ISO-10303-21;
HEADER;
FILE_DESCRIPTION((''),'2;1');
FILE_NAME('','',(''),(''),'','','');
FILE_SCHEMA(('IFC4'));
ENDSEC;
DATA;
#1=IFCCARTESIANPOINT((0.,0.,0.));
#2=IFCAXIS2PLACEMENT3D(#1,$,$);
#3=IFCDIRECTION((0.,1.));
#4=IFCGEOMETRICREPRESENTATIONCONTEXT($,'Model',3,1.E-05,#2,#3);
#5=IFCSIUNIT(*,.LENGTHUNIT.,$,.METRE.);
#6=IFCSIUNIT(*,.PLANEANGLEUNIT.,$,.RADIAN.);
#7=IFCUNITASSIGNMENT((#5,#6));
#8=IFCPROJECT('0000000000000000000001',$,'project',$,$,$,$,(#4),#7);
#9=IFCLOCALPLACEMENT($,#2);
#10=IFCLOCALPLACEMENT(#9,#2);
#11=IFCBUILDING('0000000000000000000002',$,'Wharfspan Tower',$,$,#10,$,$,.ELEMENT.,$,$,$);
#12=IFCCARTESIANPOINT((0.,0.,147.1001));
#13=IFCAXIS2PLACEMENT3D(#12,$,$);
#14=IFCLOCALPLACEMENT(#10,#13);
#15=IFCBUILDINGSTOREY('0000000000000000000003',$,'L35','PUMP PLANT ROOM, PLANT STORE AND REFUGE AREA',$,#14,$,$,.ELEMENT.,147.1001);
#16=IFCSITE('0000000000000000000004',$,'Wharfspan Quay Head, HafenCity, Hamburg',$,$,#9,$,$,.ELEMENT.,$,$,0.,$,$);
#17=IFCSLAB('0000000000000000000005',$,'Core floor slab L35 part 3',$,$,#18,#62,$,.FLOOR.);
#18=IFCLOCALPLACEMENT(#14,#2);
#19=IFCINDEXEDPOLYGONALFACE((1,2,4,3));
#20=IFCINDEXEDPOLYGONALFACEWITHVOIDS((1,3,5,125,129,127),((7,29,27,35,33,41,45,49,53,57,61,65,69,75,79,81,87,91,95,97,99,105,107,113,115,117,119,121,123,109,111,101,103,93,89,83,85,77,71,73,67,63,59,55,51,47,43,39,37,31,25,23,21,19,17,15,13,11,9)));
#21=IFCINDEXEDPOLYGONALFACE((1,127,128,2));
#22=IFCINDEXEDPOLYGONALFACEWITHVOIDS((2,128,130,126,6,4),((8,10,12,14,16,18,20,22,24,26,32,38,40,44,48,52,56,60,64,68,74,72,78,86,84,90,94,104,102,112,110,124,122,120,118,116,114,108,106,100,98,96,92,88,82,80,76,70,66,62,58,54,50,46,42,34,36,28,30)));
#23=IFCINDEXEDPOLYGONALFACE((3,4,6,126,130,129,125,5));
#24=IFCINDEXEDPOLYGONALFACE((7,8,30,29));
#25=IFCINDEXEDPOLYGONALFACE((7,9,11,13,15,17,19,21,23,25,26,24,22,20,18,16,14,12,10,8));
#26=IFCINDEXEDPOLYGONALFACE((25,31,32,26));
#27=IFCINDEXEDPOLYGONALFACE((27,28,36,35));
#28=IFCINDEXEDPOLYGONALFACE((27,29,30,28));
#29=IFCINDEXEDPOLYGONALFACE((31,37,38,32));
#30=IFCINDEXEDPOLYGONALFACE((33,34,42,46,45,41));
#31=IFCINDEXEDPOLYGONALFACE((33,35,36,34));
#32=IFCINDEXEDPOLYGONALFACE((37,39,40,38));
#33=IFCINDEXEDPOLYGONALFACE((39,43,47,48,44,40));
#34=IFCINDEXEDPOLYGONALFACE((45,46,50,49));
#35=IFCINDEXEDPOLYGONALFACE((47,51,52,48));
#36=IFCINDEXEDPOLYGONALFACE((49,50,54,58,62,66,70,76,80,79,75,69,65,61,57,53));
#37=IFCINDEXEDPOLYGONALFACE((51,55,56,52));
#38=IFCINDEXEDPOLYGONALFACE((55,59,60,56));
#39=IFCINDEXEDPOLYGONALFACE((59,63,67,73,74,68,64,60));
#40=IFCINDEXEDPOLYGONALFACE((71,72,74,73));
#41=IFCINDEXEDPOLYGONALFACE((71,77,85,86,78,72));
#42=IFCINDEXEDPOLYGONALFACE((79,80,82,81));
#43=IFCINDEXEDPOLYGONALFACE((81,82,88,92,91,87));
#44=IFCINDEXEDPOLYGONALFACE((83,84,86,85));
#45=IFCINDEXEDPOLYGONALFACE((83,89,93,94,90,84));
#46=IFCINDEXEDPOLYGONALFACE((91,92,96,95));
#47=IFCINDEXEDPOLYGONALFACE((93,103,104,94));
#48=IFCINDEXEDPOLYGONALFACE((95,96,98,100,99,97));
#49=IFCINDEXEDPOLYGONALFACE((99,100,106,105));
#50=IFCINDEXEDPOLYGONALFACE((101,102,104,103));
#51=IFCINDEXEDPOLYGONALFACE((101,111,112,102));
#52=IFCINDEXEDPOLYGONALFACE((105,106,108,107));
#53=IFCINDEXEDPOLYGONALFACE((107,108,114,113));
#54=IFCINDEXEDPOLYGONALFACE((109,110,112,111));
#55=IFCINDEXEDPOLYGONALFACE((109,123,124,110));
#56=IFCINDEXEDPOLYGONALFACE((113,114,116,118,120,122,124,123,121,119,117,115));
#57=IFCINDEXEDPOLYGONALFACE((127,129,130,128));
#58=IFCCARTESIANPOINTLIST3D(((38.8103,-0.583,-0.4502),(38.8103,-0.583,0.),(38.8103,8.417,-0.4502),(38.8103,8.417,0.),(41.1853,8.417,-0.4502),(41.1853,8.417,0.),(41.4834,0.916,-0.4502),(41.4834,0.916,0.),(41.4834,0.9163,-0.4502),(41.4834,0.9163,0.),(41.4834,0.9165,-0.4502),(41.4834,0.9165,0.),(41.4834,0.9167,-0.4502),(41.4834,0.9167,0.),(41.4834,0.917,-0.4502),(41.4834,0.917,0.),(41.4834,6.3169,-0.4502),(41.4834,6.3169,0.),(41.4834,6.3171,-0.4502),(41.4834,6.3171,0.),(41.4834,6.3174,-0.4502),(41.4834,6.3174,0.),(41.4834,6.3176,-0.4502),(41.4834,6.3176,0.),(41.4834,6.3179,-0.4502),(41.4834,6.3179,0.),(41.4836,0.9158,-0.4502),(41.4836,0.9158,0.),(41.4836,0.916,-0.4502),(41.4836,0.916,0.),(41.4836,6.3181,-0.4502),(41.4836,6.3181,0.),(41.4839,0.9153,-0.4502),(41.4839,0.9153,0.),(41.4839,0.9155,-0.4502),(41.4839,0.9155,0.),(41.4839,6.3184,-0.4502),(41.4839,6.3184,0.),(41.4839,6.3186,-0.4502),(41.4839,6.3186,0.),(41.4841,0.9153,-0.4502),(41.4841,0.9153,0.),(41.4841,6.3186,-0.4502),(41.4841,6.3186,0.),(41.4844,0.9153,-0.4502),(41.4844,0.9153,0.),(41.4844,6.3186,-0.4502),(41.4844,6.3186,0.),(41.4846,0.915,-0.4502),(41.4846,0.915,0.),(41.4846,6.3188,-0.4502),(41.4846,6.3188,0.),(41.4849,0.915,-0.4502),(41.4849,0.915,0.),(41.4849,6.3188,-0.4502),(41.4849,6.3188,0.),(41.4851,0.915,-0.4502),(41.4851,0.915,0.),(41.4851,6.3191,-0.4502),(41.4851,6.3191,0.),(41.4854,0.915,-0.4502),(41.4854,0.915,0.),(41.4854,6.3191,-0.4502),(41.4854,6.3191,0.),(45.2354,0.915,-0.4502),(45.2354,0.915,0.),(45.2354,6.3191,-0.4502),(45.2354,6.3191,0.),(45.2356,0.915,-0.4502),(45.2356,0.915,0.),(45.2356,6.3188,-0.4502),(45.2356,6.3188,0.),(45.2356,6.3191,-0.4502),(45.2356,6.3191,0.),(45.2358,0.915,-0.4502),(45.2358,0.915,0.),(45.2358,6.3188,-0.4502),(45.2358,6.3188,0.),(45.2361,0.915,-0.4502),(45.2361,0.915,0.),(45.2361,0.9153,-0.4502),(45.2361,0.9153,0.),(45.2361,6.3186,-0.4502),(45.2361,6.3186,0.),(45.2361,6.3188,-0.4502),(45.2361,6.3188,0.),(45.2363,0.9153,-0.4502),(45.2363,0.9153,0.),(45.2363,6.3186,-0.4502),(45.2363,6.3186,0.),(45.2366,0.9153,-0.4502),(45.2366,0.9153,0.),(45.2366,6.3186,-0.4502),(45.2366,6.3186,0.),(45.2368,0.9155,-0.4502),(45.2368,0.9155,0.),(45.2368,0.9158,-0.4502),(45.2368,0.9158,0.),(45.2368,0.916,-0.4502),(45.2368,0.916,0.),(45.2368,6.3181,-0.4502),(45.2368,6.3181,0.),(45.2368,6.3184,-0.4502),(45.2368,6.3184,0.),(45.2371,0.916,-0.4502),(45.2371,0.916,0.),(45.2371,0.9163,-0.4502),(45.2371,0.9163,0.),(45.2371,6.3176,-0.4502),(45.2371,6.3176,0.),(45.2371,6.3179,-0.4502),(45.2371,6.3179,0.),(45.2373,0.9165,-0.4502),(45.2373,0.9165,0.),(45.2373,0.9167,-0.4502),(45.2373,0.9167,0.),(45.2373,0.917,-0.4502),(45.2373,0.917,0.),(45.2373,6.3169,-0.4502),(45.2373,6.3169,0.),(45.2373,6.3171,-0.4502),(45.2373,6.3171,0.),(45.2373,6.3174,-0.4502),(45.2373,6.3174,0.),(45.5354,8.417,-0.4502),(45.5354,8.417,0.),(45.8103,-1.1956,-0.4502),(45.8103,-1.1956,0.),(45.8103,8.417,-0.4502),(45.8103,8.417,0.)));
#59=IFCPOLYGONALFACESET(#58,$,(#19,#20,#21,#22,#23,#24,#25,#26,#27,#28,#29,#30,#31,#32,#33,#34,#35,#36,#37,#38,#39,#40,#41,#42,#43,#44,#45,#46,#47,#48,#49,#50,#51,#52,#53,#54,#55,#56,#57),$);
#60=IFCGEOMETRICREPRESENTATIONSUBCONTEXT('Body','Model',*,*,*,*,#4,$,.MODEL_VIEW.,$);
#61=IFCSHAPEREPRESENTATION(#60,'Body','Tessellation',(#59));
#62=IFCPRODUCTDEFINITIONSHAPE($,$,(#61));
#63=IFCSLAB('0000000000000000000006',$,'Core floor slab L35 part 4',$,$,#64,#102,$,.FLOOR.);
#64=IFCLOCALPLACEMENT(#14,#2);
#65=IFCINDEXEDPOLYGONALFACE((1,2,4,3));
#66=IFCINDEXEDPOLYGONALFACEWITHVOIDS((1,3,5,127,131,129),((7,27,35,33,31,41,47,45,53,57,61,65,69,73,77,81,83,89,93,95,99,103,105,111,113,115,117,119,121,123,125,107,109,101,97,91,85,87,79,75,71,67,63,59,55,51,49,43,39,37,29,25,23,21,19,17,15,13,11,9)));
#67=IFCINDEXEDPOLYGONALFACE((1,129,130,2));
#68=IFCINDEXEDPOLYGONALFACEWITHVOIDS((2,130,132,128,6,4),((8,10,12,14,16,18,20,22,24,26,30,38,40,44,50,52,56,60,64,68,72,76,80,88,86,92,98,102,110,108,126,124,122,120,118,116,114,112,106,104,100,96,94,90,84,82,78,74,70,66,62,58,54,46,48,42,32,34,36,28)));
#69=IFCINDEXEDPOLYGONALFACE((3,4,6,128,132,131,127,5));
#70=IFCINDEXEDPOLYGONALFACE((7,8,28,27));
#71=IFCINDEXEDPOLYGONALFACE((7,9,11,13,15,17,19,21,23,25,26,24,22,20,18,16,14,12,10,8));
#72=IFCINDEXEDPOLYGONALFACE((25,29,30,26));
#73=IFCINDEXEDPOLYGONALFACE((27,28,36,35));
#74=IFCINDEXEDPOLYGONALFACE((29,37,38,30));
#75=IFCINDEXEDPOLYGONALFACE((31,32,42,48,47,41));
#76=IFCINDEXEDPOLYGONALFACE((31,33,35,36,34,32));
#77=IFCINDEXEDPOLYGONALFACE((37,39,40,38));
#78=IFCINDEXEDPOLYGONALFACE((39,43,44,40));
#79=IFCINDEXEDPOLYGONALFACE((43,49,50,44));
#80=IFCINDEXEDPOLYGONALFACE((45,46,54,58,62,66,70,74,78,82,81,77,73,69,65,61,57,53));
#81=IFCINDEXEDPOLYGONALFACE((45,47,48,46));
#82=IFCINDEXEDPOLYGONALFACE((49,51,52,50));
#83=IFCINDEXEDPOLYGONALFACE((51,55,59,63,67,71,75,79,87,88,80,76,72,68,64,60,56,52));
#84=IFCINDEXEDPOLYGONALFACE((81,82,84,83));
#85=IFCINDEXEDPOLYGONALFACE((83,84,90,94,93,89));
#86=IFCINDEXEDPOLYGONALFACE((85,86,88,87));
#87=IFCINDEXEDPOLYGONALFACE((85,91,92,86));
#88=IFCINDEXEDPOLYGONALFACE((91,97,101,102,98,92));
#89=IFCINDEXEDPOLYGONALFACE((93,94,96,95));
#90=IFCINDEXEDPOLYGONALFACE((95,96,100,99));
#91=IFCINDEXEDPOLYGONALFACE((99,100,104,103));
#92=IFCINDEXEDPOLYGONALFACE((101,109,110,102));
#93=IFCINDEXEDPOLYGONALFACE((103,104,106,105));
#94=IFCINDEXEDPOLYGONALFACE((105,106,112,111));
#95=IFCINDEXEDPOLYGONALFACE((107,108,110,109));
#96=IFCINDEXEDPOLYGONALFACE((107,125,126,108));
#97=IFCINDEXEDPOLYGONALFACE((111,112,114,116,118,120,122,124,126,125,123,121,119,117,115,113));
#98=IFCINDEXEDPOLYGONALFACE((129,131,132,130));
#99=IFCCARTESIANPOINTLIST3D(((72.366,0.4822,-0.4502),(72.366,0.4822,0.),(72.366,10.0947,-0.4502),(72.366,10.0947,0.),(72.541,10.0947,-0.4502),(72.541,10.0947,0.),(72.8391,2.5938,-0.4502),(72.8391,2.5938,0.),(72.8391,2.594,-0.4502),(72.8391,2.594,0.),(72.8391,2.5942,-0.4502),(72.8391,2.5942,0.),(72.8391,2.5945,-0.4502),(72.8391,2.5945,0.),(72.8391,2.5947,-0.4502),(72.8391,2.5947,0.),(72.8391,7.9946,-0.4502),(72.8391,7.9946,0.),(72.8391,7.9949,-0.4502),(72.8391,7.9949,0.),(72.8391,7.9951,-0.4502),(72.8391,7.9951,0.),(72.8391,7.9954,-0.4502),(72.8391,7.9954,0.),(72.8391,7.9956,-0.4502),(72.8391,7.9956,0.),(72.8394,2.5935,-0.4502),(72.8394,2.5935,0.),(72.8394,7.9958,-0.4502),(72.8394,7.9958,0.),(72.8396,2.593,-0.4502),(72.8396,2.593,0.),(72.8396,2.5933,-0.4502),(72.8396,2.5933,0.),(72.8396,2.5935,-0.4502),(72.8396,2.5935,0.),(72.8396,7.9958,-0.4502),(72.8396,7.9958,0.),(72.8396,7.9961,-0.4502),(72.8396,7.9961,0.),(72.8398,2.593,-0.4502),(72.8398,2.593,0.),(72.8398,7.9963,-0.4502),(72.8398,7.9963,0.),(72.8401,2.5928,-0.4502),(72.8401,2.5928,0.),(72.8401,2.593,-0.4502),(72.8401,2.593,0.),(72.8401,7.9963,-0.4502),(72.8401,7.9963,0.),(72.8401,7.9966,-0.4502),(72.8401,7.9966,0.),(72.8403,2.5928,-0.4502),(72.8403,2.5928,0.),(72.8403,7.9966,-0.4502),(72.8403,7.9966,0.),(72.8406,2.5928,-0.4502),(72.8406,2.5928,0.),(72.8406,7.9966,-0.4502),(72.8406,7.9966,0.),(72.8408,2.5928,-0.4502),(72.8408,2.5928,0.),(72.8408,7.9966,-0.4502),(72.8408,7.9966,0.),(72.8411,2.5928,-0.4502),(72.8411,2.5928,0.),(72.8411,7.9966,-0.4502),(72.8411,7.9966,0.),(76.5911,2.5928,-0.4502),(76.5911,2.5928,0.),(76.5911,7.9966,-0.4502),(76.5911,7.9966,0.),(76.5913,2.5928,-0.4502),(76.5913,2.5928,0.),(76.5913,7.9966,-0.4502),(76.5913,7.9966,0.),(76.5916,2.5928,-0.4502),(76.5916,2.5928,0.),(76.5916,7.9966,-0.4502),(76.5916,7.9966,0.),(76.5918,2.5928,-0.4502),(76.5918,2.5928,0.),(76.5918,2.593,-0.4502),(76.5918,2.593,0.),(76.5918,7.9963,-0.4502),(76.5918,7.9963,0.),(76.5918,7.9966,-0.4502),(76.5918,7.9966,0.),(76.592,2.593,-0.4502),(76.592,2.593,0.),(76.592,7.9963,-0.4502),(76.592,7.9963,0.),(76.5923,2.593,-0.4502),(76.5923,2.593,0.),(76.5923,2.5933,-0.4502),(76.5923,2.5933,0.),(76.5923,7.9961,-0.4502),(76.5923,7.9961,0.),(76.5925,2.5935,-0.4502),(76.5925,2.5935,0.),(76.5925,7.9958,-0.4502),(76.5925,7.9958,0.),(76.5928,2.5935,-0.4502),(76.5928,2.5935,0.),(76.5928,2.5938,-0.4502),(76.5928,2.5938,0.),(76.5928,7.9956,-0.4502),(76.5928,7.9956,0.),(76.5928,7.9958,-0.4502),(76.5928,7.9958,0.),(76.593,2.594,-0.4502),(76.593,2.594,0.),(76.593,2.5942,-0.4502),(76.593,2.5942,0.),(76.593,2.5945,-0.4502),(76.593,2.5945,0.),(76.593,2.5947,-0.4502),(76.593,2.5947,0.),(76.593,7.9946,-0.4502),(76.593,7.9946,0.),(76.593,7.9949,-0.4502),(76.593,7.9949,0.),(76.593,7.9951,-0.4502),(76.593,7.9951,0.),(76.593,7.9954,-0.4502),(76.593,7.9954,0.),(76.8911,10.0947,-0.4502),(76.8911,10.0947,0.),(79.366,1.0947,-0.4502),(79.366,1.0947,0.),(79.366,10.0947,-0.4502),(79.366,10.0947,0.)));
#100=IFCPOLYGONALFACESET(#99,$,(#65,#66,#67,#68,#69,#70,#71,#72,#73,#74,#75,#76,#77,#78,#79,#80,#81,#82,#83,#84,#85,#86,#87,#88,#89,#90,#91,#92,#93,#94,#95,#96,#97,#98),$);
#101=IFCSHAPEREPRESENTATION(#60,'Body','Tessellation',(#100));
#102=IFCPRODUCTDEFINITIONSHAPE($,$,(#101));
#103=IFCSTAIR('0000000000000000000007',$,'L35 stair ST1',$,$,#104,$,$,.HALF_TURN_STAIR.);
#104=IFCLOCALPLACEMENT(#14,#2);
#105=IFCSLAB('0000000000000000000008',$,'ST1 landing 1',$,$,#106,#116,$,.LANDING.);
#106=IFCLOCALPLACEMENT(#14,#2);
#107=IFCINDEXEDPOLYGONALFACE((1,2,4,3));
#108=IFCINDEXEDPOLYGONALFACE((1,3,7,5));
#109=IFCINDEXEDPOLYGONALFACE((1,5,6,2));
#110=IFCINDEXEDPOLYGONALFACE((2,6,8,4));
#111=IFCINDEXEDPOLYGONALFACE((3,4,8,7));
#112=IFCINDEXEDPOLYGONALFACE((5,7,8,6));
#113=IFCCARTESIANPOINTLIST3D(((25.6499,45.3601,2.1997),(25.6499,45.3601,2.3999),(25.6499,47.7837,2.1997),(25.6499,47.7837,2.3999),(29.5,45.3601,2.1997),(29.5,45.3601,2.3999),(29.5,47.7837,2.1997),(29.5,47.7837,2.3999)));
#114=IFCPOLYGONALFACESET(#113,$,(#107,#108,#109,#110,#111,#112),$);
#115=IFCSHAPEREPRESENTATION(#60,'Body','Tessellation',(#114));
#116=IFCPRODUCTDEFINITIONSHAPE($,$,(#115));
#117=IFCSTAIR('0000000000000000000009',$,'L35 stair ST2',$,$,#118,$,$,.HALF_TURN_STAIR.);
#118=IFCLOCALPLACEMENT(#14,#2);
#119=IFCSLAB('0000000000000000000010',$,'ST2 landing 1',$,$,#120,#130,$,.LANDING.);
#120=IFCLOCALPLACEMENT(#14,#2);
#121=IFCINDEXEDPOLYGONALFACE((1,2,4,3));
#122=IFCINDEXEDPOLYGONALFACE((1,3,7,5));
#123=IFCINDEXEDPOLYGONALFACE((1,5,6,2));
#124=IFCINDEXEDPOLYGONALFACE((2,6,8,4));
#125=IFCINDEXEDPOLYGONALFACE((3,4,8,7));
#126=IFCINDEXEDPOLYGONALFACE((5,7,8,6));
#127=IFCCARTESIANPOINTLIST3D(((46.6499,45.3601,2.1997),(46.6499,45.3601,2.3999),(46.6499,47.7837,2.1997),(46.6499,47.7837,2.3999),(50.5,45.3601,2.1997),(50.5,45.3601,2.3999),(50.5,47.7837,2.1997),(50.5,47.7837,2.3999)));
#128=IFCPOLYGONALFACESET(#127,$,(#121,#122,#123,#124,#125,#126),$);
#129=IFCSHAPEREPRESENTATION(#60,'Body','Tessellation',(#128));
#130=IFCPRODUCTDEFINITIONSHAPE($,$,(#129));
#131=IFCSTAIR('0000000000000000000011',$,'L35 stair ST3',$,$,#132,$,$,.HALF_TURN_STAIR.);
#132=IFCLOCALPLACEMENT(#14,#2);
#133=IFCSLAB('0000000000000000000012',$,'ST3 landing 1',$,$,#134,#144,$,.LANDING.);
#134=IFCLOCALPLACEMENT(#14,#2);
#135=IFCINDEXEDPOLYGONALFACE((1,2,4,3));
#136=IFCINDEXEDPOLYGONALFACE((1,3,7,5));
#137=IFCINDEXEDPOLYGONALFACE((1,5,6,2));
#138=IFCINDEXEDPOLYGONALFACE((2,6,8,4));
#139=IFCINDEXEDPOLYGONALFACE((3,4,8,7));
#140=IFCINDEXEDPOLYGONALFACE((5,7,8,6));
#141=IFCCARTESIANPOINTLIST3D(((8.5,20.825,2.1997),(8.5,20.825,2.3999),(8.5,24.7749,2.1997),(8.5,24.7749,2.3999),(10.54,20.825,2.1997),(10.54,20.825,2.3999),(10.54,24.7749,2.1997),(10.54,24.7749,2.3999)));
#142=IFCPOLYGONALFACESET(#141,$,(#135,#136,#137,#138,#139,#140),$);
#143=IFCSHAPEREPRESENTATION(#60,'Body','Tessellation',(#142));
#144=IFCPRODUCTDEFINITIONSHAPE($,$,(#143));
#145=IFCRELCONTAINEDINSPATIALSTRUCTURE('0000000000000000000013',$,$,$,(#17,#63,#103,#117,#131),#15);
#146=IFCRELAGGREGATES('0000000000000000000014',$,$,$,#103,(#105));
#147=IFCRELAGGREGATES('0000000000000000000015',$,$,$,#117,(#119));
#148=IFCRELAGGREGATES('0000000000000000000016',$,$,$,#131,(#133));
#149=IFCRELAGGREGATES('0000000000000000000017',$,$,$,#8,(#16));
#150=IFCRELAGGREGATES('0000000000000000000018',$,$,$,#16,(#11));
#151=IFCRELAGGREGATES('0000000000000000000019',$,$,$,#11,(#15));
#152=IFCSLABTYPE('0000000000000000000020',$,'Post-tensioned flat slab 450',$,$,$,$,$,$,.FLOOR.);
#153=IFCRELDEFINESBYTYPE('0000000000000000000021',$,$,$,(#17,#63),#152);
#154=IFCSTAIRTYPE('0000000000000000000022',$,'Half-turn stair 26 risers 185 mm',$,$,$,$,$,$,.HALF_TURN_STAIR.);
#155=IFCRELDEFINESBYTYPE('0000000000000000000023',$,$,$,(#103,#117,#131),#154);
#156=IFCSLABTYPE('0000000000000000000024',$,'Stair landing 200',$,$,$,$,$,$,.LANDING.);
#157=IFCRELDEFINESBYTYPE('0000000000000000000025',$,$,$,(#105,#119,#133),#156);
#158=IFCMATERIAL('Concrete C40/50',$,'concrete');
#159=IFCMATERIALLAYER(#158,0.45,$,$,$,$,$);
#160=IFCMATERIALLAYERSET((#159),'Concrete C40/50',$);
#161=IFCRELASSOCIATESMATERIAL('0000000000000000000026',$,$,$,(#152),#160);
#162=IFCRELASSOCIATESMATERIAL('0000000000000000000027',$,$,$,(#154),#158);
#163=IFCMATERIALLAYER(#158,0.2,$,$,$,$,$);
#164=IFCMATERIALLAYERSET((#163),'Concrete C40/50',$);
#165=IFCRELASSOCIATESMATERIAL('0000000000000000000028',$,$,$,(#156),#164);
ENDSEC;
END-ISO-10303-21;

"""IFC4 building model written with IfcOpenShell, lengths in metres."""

from ifc_helpers import new_model, si_unit, direction, frame, origin, place, context, subcontext, project, spatial, polyline, outline, extrude, material, layer, layer_set, type_object, element, aggregate, save


model = new_model("IFC4")

# Units and contexts
model_context = context("Model", 3, precision=1e-05, world=origin(), true_north=direction((0.0, 1.0)))
body_context = subcontext(model_context, "Body", "Model", "MODEL_VIEW")
ifc_project = project(units=[si_unit("LENGTHUNIT", "METRE"), si_unit("PLANEANGLEUNIT", "RADIAN")], contexts=[model_context])

# Site, building, storey
site_placement = place(None, origin())
site = spatial("IfcSite", under=ifc_project, at=site_placement, Name="Wharfspan Quay Head, HafenCity, Hamburg", CompositionType="ELEMENT", RefElevation=0.0)
building_placement = place(site_placement, origin())
building = spatial("IfcBuilding", under=site, at=building_placement, Name="Wharfspan Tower", CompositionType="ELEMENT")
storey_placement = place(building_placement, frame((0.0, 0.0, 147.1001)))
storey = spatial("IfcBuildingStorey", under=building, at=storey_placement, Name="L35", Description="PUMP PLANT ROOM, PLANT STORE AND REFUGE AREA", CompositionType="ELEMENT", Elevation=147.1001)

# Slabs
ifc_material_1 = material(Name="Concrete C40/50", Category="concrete")
ifc_layer_1 = layer(ifc_material_1, 0.45)
ifc_layer_set_1 = layer_set([ifc_layer_1], Name="Concrete C40/50")
slab_type_1 = type_object("IfcSlabType", Name="Post-tensioned flat slab 450", PredefinedType="FLOOR", material=ifc_layer_set_1)
slab_1_placement = place(storey_placement, frame((0.0, 0.0, -0.4502)))
element("IfcSlab", 1, at=slab_1_placement, inside=storey, type_object=slab_type_1, Name="Core floor slab L35 part 3", PredefinedType="FLOOR", context=body_context, shape_type="SweptSolid", body=[
    extrude(outline(polyline([(45.8103, 8.417), (45.5354, 8.417), (41.1853, 8.417), (38.8103, 8.417), (38.8103, -0.583), (45.8103, -1.1956), (45.8103, 8.417)]), holes=[polyline([(45.2354, 6.3191), (45.2356, 6.3191), (45.2356, 6.3188), (45.2358, 6.3188), (45.2361, 6.3188), (45.2361, 6.3186), (45.2363, 6.3186), (45.2366, 6.3186), (45.2368, 6.3184), (45.2368, 6.3181), (45.2368, 6.3181), (45.2371, 6.3179), (45.2371, 6.3176), (45.2373, 6.3174), (45.2373, 6.3174), (45.2373, 6.3171), (45.2373, 6.3169), (45.2373, 0.917), (45.2373, 0.9167), (45.2373, 0.9165), (45.2373, 0.9165), (45.2371, 0.9163), (45.2371, 0.916), (45.2368, 0.916), (45.2368, 0.9158), (45.2368, 0.9155), (45.2366, 0.9153), (45.2363, 0.9153), (45.2361, 0.9153), (45.2361, 0.915), (45.2358, 0.915), (45.2356, 0.915), (45.2356, 0.915), (45.2354, 0.915), (41.4854, 0.915), (41.4851, 0.915), (41.4849, 0.915), (41.4846, 0.915), (41.4846, 0.915), (41.4844, 0.9153), (41.4841, 0.9153), (41.4839, 0.9153), (41.4839, 0.9155), (41.4836, 0.9158), (41.4836, 0.916), (41.4834, 0.916), (41.4834, 0.9163), (41.4834, 0.9165), (41.4834, 0.9165), (41.4834, 0.9167), (41.4834, 0.917), (41.4834, 6.3169), (41.4834, 6.3171), (41.4834, 6.3174), (41.4834, 6.3174), (41.4834, 6.3176), (41.4834, 6.3179), (41.4836, 6.3181), (41.4836, 6.3181), (41.4839, 6.3184), (41.4839, 6.3186), (41.4841, 6.3186), (41.4844, 6.3186), (41.4846, 6.3188), (41.4846, 6.3188), (41.4849, 6.3188), (41.4851, 6.3191), (41.4854, 6.3191), (45.2354, 6.3191)])]), origin(), (0.0, 0.0, 1.0), 0.4502),
])
slab_2_placement = place(storey_placement, frame((0.0, 0.0, -0.4502)))
element("IfcSlab", 2, at=slab_2_placement, inside=storey, type_object=slab_type_1, Name="Core floor slab L35 part 4", PredefinedType="FLOOR", context=body_context, shape_type="SweptSolid", body=[
    extrude(outline(polyline([(79.366, 10.0947), (76.8911, 10.0947), (72.541, 10.0947), (72.366, 10.0947), (72.366, 0.4822), (79.366, 1.0947), (79.366, 10.0947)]), holes=[polyline([(76.5911, 7.9966), (76.5913, 7.9966), (76.5913, 7.9966), (76.5916, 7.9966), (76.5918, 7.9966), (76.5918, 7.9963), (76.592, 7.9963), (76.5923, 7.9961), (76.5923, 7.9961), (76.5925, 7.9958), (76.5928, 7.9958), (76.5928, 7.9956), (76.593, 7.9954), (76.593, 7.9951), (76.593, 7.9951), (76.593, 7.9949), (76.593, 7.9946), (76.593, 2.5947), (76.593, 2.5945), (76.593, 2.5942), (76.593, 2.594), (76.593, 2.594), (76.5928, 2.5938), (76.5928, 2.5935), (76.5925, 2.5935), (76.5923, 2.5933), (76.5923, 2.593), (76.592, 2.593), (76.5918, 2.593), (76.5918, 2.5928), (76.5916, 2.5928), (76.5913, 2.5928), (76.5913, 2.5928), (76.5911, 2.5928), (72.8411, 2.5928), (72.8408, 2.5928), (72.8406, 2.5928), (72.8403, 2.5928), (72.8401, 2.5928), (72.8401, 2.593), (72.8398, 2.593), (72.8396, 2.593), (72.8396, 2.5933), (72.8396, 2.5935), (72.8394, 2.5935), (72.8391, 2.5938), (72.8391, 2.594), (72.8391, 2.594), (72.8391, 2.5942), (72.8391, 2.5945), (72.8391, 2.5947), (72.8391, 7.9946), (72.8391, 7.9949), (72.8391, 7.9951), (72.8391, 7.9951), (72.8391, 7.9954), (72.8391, 7.9956), (72.8394, 7.9958), (72.8396, 7.9958), (72.8396, 7.9961), (72.8396, 7.9961), (72.8398, 7.9963), (72.8401, 7.9963), (72.8401, 7.9966), (72.8403, 7.9966), (72.8406, 7.9966), (72.8408, 7.9966), (72.8411, 7.9966), (76.5911, 7.9966)])]), origin(), (0.0, 0.0, 1.0), 0.4502),
])

# Stairs, slabs
stair_type = type_object("IfcStairType", Name="Half-turn stair 26 risers 185 mm", PredefinedType="HALF_TURN_STAIR", material=ifc_material_1)
stair_1_placement = place(storey_placement, origin())
stair_1 = element("IfcStair", 3, at=stair_1_placement, inside=storey, type_object=stair_type, Name="L35 stair ST1", PredefinedType="HALF_TURN_STAIR")
ifc_layer_2 = layer(ifc_material_1, 0.2)
ifc_layer_set_2 = layer_set([ifc_layer_2], Name="Concrete C40/50")
slab_type_2 = type_object("IfcSlabType", Name="Stair landing 200", PredefinedType="LANDING", material=ifc_layer_set_2)
slab_3_placement = place(storey_placement, frame((0.0, 0.0, 2.1997)))
slab_3 = element("IfcSlab", 4, at=slab_3_placement, type_object=slab_type_2, Name="ST1 landing 1", PredefinedType="LANDING", context=body_context, shape_type="SweptSolid", body=[
    extrude(outline(polyline([(25.6499, 45.3601), (29.5, 45.3601), (29.5, 47.7837), (25.6499, 47.7837), (25.6499, 45.3601)])), origin(), (0.0, 0.0, 1.0), 0.2002),
])
aggregate(stair_1, [slab_3])
stair_2_placement = place(storey_placement, origin())
stair_2 = element("IfcStair", 5, at=stair_2_placement, inside=storey, type_object=stair_type, Name="L35 stair ST2", PredefinedType="HALF_TURN_STAIR")
slab_4_placement = place(storey_placement, frame((0.0, 0.0, 2.1997)))
slab_4 = element("IfcSlab", 6, at=slab_4_placement, type_object=slab_type_2, Name="ST2 landing 1", PredefinedType="LANDING", context=body_context, shape_type="SweptSolid", body=[
    extrude(outline(polyline([(46.6499, 45.3601), (50.5, 45.3601), (50.5, 47.7837), (46.6499, 47.7837), (46.6499, 45.3601)])), origin(), (0.0, 0.0, 1.0), 0.2002),
])
aggregate(stair_2, [slab_4])
stair_3_placement = place(storey_placement, origin())
stair_3 = element("IfcStair", 7, at=stair_3_placement, inside=storey, type_object=stair_type, Name="L35 stair ST3", PredefinedType="HALF_TURN_STAIR")
slab_5_placement = place(storey_placement, frame((0.0, 0.0, 2.1997)))
slab_5 = element("IfcSlab", 8, at=slab_5_placement, type_object=slab_type_2, Name="ST3 landing 1", PredefinedType="LANDING", context=body_context, shape_type="SweptSolid", body=[
    extrude(outline(polyline([(8.5, 20.825), (10.54, 20.825), (10.54, 24.7749), (8.5, 24.7749), (8.5, 20.825)])), origin(), (0.0, 0.0, 1.0), 0.2002),
])
aggregate(stair_3, [slab_5])

save(model, "model.ifc")
